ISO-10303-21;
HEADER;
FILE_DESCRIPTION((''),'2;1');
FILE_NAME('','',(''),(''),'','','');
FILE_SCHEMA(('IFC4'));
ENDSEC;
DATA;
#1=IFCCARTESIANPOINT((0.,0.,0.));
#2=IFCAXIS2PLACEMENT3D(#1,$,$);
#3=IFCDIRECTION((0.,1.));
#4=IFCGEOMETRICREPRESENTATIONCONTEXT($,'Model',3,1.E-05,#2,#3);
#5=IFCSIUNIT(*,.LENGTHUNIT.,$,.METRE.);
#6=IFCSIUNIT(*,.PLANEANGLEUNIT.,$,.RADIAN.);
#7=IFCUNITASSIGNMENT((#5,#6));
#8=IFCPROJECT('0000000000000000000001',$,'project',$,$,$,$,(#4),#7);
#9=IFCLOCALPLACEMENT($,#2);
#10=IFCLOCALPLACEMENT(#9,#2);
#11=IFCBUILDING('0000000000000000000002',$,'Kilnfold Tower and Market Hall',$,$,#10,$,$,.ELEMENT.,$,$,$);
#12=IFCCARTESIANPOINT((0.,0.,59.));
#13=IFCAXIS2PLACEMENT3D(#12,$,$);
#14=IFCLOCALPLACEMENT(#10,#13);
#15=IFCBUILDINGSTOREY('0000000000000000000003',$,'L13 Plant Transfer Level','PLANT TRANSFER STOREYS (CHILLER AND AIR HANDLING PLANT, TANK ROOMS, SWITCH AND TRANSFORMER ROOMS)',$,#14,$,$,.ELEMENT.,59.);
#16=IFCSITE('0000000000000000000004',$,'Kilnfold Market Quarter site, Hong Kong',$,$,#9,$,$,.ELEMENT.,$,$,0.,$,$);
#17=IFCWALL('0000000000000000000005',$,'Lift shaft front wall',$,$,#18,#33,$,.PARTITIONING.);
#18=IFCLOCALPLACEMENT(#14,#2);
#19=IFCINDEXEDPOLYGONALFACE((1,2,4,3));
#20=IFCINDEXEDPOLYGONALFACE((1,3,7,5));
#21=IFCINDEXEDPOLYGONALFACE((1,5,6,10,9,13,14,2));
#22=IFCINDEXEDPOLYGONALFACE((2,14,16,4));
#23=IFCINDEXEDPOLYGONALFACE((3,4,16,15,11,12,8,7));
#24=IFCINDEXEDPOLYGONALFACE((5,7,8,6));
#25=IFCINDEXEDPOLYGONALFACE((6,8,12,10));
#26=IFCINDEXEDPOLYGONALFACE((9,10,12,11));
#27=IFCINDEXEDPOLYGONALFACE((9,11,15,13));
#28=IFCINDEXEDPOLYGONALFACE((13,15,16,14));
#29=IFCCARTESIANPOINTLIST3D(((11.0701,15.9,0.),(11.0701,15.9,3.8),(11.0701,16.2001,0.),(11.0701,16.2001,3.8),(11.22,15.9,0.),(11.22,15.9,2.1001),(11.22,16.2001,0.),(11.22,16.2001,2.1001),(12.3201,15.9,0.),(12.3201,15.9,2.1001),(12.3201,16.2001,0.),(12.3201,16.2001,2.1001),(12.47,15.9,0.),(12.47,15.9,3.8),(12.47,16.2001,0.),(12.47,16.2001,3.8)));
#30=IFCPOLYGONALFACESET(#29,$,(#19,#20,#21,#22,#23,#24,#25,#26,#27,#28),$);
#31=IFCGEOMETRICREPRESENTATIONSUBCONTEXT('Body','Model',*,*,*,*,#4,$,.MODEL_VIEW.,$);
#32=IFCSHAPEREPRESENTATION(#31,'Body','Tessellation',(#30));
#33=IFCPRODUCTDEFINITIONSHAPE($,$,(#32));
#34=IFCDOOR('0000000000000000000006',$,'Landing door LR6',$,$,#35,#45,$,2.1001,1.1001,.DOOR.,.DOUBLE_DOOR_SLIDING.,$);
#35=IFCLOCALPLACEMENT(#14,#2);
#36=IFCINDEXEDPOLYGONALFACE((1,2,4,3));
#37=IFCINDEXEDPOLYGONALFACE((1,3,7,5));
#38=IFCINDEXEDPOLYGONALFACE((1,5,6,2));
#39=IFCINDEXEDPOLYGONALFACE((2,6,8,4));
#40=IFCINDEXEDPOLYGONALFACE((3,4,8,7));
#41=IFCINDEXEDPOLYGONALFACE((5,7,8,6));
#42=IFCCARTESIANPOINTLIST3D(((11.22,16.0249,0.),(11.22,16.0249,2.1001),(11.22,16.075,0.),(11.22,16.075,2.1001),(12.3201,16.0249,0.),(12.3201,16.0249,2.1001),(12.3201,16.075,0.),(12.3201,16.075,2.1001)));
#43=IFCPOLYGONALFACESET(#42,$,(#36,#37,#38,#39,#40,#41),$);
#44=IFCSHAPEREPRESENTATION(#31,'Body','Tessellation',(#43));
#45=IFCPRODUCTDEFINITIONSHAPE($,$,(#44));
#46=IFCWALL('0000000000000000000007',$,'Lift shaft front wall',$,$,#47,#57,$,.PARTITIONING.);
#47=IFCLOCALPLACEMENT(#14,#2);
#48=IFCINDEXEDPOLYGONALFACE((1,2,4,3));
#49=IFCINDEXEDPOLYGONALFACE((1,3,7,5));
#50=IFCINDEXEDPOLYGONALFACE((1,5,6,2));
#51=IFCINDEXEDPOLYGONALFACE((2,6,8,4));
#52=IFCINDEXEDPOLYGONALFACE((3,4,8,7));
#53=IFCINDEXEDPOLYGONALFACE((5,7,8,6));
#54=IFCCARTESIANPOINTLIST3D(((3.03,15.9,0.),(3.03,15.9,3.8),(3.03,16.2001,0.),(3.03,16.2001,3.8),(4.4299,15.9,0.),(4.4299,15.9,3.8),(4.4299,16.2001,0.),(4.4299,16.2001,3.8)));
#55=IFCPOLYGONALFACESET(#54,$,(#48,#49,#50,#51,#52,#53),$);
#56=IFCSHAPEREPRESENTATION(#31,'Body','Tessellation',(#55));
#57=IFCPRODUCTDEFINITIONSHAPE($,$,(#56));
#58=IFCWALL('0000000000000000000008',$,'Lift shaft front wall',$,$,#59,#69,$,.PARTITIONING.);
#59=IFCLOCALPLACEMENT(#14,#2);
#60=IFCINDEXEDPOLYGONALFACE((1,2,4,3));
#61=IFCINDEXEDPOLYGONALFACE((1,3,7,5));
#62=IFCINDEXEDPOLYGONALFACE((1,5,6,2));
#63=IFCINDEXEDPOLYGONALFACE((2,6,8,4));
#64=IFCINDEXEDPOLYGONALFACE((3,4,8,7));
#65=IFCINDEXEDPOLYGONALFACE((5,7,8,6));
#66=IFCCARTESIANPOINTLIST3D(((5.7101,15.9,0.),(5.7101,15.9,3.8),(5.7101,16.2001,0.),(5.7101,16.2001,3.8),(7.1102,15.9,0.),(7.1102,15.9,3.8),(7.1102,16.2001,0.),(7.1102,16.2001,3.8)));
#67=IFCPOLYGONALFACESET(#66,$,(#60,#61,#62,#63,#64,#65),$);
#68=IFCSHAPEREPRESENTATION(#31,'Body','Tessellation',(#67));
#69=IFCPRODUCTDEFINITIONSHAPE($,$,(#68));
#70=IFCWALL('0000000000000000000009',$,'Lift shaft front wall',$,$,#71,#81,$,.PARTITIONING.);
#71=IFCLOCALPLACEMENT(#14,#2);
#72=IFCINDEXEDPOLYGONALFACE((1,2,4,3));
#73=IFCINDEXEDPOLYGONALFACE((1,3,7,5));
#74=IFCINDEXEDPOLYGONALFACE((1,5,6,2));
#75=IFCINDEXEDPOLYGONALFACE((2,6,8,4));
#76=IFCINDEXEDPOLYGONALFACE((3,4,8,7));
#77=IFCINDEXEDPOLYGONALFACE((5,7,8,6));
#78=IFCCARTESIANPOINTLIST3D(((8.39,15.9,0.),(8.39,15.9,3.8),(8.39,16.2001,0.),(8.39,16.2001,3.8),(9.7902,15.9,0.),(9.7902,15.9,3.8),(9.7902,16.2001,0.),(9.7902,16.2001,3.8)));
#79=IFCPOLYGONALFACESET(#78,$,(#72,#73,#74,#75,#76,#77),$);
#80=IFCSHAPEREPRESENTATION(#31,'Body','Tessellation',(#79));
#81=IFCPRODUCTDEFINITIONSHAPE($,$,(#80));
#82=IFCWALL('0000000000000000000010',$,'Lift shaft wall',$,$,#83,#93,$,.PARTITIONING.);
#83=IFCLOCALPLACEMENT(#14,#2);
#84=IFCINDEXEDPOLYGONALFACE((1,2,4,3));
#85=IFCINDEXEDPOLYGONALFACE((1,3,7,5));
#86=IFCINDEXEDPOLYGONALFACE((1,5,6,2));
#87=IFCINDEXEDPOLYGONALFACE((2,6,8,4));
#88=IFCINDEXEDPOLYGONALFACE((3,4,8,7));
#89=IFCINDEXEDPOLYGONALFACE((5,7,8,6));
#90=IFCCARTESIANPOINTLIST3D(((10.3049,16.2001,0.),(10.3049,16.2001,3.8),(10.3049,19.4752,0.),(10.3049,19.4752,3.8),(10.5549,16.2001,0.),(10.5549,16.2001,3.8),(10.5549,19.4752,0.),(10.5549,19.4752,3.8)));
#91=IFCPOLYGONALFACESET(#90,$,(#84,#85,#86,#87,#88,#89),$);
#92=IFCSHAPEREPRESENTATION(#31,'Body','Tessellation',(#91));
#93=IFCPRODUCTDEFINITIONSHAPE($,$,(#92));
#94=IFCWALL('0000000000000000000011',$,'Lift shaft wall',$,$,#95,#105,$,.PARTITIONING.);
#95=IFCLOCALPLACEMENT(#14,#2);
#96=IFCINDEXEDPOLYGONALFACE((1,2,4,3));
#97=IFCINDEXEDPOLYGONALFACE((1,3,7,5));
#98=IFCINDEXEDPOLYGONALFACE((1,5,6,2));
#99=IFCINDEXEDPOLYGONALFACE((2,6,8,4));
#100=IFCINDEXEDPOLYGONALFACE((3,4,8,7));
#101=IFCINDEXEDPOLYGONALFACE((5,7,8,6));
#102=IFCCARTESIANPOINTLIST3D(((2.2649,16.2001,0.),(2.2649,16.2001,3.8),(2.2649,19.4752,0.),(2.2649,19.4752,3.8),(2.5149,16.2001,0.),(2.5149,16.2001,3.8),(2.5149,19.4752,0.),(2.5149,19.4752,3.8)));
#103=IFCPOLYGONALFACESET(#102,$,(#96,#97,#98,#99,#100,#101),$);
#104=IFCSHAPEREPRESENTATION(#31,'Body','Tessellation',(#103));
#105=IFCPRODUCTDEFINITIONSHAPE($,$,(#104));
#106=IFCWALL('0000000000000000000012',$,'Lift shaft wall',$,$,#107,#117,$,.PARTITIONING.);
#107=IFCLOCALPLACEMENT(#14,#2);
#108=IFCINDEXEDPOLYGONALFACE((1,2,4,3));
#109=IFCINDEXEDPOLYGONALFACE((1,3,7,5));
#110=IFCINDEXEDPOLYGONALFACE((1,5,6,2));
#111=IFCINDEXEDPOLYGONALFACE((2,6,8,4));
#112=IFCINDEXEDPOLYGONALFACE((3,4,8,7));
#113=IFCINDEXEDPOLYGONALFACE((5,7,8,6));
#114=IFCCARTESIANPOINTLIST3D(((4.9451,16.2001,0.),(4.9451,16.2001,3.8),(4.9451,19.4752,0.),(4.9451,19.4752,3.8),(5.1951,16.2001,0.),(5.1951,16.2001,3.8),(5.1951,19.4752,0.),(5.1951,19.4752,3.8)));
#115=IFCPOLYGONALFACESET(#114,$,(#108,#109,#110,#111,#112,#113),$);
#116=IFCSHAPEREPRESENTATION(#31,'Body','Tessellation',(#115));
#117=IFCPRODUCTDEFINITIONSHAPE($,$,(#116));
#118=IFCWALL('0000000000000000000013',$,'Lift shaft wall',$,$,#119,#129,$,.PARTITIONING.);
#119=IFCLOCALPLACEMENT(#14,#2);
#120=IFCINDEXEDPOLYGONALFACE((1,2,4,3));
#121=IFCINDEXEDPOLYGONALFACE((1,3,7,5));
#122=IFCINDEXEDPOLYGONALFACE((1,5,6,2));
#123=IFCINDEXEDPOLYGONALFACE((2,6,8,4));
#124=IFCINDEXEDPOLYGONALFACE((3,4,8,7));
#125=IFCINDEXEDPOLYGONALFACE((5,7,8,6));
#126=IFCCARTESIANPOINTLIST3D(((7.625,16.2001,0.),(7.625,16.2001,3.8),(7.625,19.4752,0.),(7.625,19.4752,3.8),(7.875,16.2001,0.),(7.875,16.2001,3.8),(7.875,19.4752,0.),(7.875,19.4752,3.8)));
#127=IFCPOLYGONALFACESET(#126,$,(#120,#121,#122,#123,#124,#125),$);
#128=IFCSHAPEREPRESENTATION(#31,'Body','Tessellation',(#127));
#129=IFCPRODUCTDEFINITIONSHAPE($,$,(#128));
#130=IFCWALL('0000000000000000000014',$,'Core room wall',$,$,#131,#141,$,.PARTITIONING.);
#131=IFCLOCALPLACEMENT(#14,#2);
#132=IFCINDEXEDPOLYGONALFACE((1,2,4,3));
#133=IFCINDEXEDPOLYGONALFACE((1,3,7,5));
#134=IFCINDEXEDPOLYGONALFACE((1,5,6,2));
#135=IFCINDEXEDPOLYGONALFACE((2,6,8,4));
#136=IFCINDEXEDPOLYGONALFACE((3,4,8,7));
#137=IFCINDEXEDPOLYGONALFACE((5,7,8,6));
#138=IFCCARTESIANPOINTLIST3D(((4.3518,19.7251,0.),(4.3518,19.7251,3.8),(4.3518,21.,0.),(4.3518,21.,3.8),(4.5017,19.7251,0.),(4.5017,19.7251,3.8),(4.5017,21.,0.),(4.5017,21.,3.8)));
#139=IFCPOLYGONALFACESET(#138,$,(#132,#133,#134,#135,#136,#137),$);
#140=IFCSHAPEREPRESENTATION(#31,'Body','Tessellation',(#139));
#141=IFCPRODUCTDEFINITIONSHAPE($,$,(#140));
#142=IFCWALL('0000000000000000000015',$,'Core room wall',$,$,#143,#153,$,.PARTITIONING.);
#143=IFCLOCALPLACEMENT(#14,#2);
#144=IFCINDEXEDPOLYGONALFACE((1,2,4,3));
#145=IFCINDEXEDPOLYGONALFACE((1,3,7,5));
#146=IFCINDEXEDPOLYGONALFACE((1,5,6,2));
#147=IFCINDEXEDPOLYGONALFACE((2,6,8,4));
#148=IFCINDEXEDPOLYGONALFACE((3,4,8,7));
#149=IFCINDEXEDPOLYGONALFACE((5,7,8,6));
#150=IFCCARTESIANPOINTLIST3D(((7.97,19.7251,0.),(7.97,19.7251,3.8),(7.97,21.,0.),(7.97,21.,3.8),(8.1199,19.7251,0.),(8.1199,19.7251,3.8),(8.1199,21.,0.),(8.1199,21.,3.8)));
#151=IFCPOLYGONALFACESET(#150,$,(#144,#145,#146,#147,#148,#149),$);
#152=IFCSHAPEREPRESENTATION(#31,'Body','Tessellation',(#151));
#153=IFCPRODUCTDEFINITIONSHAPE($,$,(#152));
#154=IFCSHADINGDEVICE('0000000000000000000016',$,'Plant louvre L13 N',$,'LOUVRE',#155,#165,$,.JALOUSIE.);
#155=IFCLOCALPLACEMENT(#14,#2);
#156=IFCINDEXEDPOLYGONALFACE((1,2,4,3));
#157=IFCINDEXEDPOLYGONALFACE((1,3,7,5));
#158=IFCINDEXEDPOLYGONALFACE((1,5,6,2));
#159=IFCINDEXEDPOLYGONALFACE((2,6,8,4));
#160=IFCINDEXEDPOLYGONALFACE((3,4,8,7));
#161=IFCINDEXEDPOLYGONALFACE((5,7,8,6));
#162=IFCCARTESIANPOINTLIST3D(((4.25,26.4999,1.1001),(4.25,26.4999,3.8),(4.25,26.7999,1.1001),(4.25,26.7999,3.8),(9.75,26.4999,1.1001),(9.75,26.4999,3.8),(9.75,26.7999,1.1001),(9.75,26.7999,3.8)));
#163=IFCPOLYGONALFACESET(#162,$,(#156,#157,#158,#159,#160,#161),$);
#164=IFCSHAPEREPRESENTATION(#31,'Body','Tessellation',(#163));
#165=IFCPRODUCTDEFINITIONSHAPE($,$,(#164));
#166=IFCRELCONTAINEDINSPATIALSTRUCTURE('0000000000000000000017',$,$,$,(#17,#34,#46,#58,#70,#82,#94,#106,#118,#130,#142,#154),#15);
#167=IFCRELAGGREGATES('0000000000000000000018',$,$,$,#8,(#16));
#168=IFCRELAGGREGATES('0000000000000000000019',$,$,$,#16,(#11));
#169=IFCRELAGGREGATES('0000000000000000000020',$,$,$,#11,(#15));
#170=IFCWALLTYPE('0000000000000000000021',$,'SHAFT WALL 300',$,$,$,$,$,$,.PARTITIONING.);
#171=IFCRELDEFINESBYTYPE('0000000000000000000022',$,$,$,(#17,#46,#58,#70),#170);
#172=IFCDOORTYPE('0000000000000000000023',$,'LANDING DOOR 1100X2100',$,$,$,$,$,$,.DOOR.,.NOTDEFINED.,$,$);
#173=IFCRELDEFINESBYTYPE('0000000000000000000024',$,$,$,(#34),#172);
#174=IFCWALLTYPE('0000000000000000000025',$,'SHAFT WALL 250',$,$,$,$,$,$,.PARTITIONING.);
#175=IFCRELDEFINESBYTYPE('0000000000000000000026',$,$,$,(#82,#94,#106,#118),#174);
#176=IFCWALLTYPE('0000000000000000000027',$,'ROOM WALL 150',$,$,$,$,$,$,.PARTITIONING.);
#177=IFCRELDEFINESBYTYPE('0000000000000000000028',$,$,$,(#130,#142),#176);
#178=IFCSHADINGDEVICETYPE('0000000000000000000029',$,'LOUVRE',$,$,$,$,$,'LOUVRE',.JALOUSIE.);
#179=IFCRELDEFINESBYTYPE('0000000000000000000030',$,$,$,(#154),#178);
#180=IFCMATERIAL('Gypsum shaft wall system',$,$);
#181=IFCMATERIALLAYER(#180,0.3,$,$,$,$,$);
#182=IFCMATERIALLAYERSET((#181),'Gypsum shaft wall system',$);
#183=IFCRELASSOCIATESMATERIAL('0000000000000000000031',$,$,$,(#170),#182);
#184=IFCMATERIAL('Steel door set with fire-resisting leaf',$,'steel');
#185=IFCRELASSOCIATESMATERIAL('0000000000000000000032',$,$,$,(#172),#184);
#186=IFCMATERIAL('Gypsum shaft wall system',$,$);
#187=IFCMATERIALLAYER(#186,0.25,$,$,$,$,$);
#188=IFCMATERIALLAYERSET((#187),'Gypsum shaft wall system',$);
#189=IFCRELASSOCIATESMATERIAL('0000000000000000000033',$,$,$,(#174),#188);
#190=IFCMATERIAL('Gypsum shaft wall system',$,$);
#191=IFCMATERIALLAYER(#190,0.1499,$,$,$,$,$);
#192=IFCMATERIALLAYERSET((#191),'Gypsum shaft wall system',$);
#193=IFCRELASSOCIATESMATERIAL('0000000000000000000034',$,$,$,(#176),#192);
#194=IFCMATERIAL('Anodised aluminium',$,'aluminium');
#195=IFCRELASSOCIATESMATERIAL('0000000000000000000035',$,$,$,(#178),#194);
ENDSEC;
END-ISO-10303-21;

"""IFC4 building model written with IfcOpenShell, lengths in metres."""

from ifc_helpers import new_model, si_unit, direction, frame, frame_2d, origin, origin_2d, place, context, subcontext, project, spatial, rectangle, extrude, source, transform, mapped, material, layer, layer_set, type_object, element, fill, save


model = new_model("IFC4")

# Units and contexts
model_context = context("Model", 3, precision=1e-05, world=origin(), true_north=direction((0.0, 1.0)))
body_context = subcontext(model_context, "Body", "Model", "MODEL_VIEW")
ifc_project = project(units=[si_unit("LENGTHUNIT", "METRE"), si_unit("PLANEANGLEUNIT", "RADIAN")], contexts=[model_context])

# Site, building, storey
site_placement = place(None, origin())
site = spatial("IfcSite", under=ifc_project, at=site_placement, Name="Kilnfold Market Quarter site, Hong Kong", CompositionType="ELEMENT", RefElevation=0.0)
building_placement = place(site_placement, origin())
building = spatial("IfcBuilding", under=site, at=building_placement, Name="Kilnfold Tower and Market Hall", CompositionType="ELEMENT")
storey_placement = place(building_placement, frame((0.0, 0.0, 59.0)))
storey = spatial("IfcBuildingStorey", under=building, at=storey_placement, Name="L13 Plant Transfer Level", Description="PLANT TRANSFER STOREYS (CHILLER AND AIR HANDLING PLANT, TANK ROOMS, SWITCH AND TRANSFORMER ROOMS)", CompositionType="ELEMENT", Elevation=59.0)

# Wall, opening, door
ifc_material_1 = material(Name="Gypsum shaft wall system")
ifc_layer_1 = layer(ifc_material_1, 0.3)
ifc_layer_set_1 = layer_set([ifc_layer_1], Name="Gypsum shaft wall system")
wall_type_1 = type_object("IfcWallType", Name="SHAFT WALL 300", PredefinedType="PARTITIONING", material=ifc_layer_set_1)
shared_shape_1 = source(origin(), body_context, "Body", "SweptSolid", [
    extrude(rectangle(XDim=1.3999, YDim=0.3, at=frame_2d((0.7, 0.0))), origin(), (0.0, 0.0, 1.0), 3.8),
])
wall_1_placement = place(storey_placement, frame((11.0701, 16.05, 0.0), z_axis=(0.0, 0.0, 1.0), x_axis=(1.0, 0.0, 0.0)))
wall_1 = element("IfcWall", 1, at=wall_1_placement, inside=storey, type_object=wall_type_1, Name="Lift shaft front wall", PredefinedType="PARTITIONING", context=body_context, shape_type="MappedRepresentation", body=[
    mapped(shared_shape_1, transform((0.0, 0.0, 0.0))),
])
opening_placement = place(wall_1_placement, frame((0.1499, 0.0, 0.0)))
opening = element("IfcOpeningElement", 2, at=opening_placement, cuts=wall_1, PredefinedType="OPENING", context=body_context, shape_type="SweptSolid", body=[
    extrude(rectangle(XDim=1.1001, YDim=2.1001, at=frame_2d((0.55, 1.05))), frame((0.0, 0.1602, 0.0), z_axis=(0.0, -1.0, 0.0), x_axis=(1.0, 0.0, 0.0)), (0.0, 0.0, 1.0), 0.3201),
])
ifc_material_2 = material(Name="Steel door set with fire-resisting leaf", Category="steel")
door_type = type_object("IfcDoorType", Name="LANDING DOOR 1100X2100", OperationType="NOTDEFINED", PredefinedType="DOOR", material=ifc_material_2)
door_placement = place(opening_placement, origin())
door = element("IfcDoor", 3, at=door_placement, inside=storey, type_object=door_type, Name="Landing door LR6", OperationType="DOUBLE_DOOR_SLIDING", OverallHeight=2.1001, OverallWidth=1.1001, PredefinedType="DOOR", context=body_context, shape_type="SweptSolid", body=[
    extrude(rectangle(XDim=1.1001, YDim=2.1001, at=frame_2d((0.55, 1.05))), frame((0.0, 0.0249, 0.0), z_axis=(0.0, -1.0, 0.0), x_axis=(1.0, 0.0, 0.0)), (0.0, 0.0, 1.0), 0.05),
])
fill(opening, door)

# Walls
wall_2_placement = place(storey_placement, frame((3.03, 16.05, 0.0), z_axis=(0.0, 0.0, 1.0), x_axis=(1.0, 0.0, 0.0)))
element("IfcWall", 4, at=wall_2_placement, inside=storey, type_object=wall_type_1, Name="Lift shaft front wall", PredefinedType="PARTITIONING", context=body_context, shape_type="MappedRepresentation", body=[
    mapped(shared_shape_1, transform((0.0, 0.0, 0.0))),
])
shared_shape_2 = source(origin(), body_context, "Body", "SweptSolid", [
    extrude(rectangle(XDim=1.4001, YDim=0.3, at=frame_2d((0.7002, 0.0))), origin(), (0.0, 0.0, 1.0), 3.8),
])
for number, where, z_axis, x_axis, name in (
    (5, (5.71, 16.05, 0.0), (0.0, 0.0, 1.0), (1.0, 0.0, 0.0), "Lift shaft front wall"),
    (6, (8.3899, 16.05, 0.0), (0.0, 0.0, 1.0), (1.0, 0.0, 0.0), "Lift shaft front wall"),
):
    element("IfcWall", number, at=place(storey_placement, frame(where, z_axis=z_axis, x_axis=x_axis)), inside=storey, type_object=wall_type_1, Name=name, PredefinedType="PARTITIONING", context=body_context, shape_type="MappedRepresentation", body=[
        mapped(shared_shape_2, transform((0.0, 0.0, 0.0))),
    ])
ifc_material_3 = material(Name="Gypsum shaft wall system")
ifc_layer_2 = layer(ifc_material_3, 0.25)
ifc_layer_set_2 = layer_set([ifc_layer_2], Name="Gypsum shaft wall system")
wall_type_2 = type_object("IfcWallType", Name="SHAFT WALL 250", PredefinedType="PARTITIONING", material=ifc_layer_set_2)
shared_shape_3 = source(origin(), body_context, "Body", "SweptSolid", [
    extrude(rectangle(XDim=3.2751, YDim=0.25, at=frame_2d((1.6377, 0.0))), origin(), (0.0, 0.0, 1.0), 3.8),
])
for number, where, z_axis, x_axis, name in (
    (7, (10.4299, 16.2, 0.0), (0.0, 0.0, 1.0), (0.0, 1.0, 0.0), "Lift shaft wall"),
    (8, (2.3899, 16.2, 0.0), (0.0, 0.0, 1.0), (0.0, 1.0, 0.0), "Lift shaft wall"),
    (9, (5.0701, 16.2, 0.0), (0.0, 0.0, 1.0), (0.0, 1.0, 0.0), "Lift shaft wall"),
    (10, (7.75, 16.2, 0.0), (0.0, 0.0, 1.0), (0.0, 1.0, 0.0), "Lift shaft wall"),
):
    element("IfcWall", number, at=place(storey_placement, frame(where, z_axis=z_axis, x_axis=x_axis)), inside=storey, type_object=wall_type_2, Name=name, PredefinedType="PARTITIONING", context=body_context, shape_type="MappedRepresentation", body=[
        mapped(shared_shape_3, transform((0.0, 0.0, 0.0))),
    ])
ifc_material_4 = material(Name="Gypsum shaft wall system")
ifc_layer_3 = layer(ifc_material_4, 0.1499)
ifc_layer_set_3 = layer_set([ifc_layer_3], Name="Gypsum shaft wall system")
wall_type_3 = type_object("IfcWallType", Name="ROOM WALL 150", PredefinedType="PARTITIONING", material=ifc_layer_set_3)
shared_shape_4 = source(origin(), body_context, "Body", "SweptSolid", [
    extrude(rectangle(XDim=1.2749, YDim=0.1499, at=frame_2d((0.6375, 0.0))), origin(), (0.0, 0.0, 1.0), 3.8),
])
for number, where, z_axis, x_axis, name in (
    (11, (4.4268, 19.7251, 0.0), (0.0, 0.0, 1.0), (0.0, 1.0, 0.0), "Core room wall"),
    (12, (8.0449, 19.7251, 0.0), (0.0, 0.0, 1.0), (0.0, 1.0, 0.0), "Core room wall"),
):
    element("IfcWall", number, at=place(storey_placement, frame(where, z_axis=z_axis, x_axis=x_axis)), inside=storey, type_object=wall_type_3, Name=name, PredefinedType="PARTITIONING", context=body_context, shape_type="MappedRepresentation", body=[
        mapped(shared_shape_4, transform((0.0, 0.0, 0.0))),
    ])

# Shading device
ifc_material_5 = material(Name="Anodised aluminium", Category="aluminium")
shading_device_type = type_object("IfcShadingDeviceType", Name="LOUVRE", ElementType="LOUVRE", PredefinedType="JALOUSIE", material=ifc_material_5)
shared_shape_5 = source(origin(), body_context, "Body", "SweptSolid", [
    extrude(rectangle(XDim=5.5, YDim=0.3, at=origin_2d()), origin(), (0.0, 0.0, 1.0), 2.7),
])
shading_device_placement = place(storey_placement, frame((7.0, 26.6499, 1.1001), z_axis=(0.0, 0.0, 1.0), x_axis=(-1.0, 0.0, 0.0)))
element("IfcShadingDevice", 13, at=shading_device_placement, inside=storey, type_object=shading_device_type, Name="Plant louvre L13 N", ObjectType="LOUVRE", PredefinedType="JALOUSIE", context=body_context, shape_type="MappedRepresentation", body=[
    mapped(shared_shape_5, transform((0.0, 0.0, 0.0))),
])

save(model, "model.ifc")
